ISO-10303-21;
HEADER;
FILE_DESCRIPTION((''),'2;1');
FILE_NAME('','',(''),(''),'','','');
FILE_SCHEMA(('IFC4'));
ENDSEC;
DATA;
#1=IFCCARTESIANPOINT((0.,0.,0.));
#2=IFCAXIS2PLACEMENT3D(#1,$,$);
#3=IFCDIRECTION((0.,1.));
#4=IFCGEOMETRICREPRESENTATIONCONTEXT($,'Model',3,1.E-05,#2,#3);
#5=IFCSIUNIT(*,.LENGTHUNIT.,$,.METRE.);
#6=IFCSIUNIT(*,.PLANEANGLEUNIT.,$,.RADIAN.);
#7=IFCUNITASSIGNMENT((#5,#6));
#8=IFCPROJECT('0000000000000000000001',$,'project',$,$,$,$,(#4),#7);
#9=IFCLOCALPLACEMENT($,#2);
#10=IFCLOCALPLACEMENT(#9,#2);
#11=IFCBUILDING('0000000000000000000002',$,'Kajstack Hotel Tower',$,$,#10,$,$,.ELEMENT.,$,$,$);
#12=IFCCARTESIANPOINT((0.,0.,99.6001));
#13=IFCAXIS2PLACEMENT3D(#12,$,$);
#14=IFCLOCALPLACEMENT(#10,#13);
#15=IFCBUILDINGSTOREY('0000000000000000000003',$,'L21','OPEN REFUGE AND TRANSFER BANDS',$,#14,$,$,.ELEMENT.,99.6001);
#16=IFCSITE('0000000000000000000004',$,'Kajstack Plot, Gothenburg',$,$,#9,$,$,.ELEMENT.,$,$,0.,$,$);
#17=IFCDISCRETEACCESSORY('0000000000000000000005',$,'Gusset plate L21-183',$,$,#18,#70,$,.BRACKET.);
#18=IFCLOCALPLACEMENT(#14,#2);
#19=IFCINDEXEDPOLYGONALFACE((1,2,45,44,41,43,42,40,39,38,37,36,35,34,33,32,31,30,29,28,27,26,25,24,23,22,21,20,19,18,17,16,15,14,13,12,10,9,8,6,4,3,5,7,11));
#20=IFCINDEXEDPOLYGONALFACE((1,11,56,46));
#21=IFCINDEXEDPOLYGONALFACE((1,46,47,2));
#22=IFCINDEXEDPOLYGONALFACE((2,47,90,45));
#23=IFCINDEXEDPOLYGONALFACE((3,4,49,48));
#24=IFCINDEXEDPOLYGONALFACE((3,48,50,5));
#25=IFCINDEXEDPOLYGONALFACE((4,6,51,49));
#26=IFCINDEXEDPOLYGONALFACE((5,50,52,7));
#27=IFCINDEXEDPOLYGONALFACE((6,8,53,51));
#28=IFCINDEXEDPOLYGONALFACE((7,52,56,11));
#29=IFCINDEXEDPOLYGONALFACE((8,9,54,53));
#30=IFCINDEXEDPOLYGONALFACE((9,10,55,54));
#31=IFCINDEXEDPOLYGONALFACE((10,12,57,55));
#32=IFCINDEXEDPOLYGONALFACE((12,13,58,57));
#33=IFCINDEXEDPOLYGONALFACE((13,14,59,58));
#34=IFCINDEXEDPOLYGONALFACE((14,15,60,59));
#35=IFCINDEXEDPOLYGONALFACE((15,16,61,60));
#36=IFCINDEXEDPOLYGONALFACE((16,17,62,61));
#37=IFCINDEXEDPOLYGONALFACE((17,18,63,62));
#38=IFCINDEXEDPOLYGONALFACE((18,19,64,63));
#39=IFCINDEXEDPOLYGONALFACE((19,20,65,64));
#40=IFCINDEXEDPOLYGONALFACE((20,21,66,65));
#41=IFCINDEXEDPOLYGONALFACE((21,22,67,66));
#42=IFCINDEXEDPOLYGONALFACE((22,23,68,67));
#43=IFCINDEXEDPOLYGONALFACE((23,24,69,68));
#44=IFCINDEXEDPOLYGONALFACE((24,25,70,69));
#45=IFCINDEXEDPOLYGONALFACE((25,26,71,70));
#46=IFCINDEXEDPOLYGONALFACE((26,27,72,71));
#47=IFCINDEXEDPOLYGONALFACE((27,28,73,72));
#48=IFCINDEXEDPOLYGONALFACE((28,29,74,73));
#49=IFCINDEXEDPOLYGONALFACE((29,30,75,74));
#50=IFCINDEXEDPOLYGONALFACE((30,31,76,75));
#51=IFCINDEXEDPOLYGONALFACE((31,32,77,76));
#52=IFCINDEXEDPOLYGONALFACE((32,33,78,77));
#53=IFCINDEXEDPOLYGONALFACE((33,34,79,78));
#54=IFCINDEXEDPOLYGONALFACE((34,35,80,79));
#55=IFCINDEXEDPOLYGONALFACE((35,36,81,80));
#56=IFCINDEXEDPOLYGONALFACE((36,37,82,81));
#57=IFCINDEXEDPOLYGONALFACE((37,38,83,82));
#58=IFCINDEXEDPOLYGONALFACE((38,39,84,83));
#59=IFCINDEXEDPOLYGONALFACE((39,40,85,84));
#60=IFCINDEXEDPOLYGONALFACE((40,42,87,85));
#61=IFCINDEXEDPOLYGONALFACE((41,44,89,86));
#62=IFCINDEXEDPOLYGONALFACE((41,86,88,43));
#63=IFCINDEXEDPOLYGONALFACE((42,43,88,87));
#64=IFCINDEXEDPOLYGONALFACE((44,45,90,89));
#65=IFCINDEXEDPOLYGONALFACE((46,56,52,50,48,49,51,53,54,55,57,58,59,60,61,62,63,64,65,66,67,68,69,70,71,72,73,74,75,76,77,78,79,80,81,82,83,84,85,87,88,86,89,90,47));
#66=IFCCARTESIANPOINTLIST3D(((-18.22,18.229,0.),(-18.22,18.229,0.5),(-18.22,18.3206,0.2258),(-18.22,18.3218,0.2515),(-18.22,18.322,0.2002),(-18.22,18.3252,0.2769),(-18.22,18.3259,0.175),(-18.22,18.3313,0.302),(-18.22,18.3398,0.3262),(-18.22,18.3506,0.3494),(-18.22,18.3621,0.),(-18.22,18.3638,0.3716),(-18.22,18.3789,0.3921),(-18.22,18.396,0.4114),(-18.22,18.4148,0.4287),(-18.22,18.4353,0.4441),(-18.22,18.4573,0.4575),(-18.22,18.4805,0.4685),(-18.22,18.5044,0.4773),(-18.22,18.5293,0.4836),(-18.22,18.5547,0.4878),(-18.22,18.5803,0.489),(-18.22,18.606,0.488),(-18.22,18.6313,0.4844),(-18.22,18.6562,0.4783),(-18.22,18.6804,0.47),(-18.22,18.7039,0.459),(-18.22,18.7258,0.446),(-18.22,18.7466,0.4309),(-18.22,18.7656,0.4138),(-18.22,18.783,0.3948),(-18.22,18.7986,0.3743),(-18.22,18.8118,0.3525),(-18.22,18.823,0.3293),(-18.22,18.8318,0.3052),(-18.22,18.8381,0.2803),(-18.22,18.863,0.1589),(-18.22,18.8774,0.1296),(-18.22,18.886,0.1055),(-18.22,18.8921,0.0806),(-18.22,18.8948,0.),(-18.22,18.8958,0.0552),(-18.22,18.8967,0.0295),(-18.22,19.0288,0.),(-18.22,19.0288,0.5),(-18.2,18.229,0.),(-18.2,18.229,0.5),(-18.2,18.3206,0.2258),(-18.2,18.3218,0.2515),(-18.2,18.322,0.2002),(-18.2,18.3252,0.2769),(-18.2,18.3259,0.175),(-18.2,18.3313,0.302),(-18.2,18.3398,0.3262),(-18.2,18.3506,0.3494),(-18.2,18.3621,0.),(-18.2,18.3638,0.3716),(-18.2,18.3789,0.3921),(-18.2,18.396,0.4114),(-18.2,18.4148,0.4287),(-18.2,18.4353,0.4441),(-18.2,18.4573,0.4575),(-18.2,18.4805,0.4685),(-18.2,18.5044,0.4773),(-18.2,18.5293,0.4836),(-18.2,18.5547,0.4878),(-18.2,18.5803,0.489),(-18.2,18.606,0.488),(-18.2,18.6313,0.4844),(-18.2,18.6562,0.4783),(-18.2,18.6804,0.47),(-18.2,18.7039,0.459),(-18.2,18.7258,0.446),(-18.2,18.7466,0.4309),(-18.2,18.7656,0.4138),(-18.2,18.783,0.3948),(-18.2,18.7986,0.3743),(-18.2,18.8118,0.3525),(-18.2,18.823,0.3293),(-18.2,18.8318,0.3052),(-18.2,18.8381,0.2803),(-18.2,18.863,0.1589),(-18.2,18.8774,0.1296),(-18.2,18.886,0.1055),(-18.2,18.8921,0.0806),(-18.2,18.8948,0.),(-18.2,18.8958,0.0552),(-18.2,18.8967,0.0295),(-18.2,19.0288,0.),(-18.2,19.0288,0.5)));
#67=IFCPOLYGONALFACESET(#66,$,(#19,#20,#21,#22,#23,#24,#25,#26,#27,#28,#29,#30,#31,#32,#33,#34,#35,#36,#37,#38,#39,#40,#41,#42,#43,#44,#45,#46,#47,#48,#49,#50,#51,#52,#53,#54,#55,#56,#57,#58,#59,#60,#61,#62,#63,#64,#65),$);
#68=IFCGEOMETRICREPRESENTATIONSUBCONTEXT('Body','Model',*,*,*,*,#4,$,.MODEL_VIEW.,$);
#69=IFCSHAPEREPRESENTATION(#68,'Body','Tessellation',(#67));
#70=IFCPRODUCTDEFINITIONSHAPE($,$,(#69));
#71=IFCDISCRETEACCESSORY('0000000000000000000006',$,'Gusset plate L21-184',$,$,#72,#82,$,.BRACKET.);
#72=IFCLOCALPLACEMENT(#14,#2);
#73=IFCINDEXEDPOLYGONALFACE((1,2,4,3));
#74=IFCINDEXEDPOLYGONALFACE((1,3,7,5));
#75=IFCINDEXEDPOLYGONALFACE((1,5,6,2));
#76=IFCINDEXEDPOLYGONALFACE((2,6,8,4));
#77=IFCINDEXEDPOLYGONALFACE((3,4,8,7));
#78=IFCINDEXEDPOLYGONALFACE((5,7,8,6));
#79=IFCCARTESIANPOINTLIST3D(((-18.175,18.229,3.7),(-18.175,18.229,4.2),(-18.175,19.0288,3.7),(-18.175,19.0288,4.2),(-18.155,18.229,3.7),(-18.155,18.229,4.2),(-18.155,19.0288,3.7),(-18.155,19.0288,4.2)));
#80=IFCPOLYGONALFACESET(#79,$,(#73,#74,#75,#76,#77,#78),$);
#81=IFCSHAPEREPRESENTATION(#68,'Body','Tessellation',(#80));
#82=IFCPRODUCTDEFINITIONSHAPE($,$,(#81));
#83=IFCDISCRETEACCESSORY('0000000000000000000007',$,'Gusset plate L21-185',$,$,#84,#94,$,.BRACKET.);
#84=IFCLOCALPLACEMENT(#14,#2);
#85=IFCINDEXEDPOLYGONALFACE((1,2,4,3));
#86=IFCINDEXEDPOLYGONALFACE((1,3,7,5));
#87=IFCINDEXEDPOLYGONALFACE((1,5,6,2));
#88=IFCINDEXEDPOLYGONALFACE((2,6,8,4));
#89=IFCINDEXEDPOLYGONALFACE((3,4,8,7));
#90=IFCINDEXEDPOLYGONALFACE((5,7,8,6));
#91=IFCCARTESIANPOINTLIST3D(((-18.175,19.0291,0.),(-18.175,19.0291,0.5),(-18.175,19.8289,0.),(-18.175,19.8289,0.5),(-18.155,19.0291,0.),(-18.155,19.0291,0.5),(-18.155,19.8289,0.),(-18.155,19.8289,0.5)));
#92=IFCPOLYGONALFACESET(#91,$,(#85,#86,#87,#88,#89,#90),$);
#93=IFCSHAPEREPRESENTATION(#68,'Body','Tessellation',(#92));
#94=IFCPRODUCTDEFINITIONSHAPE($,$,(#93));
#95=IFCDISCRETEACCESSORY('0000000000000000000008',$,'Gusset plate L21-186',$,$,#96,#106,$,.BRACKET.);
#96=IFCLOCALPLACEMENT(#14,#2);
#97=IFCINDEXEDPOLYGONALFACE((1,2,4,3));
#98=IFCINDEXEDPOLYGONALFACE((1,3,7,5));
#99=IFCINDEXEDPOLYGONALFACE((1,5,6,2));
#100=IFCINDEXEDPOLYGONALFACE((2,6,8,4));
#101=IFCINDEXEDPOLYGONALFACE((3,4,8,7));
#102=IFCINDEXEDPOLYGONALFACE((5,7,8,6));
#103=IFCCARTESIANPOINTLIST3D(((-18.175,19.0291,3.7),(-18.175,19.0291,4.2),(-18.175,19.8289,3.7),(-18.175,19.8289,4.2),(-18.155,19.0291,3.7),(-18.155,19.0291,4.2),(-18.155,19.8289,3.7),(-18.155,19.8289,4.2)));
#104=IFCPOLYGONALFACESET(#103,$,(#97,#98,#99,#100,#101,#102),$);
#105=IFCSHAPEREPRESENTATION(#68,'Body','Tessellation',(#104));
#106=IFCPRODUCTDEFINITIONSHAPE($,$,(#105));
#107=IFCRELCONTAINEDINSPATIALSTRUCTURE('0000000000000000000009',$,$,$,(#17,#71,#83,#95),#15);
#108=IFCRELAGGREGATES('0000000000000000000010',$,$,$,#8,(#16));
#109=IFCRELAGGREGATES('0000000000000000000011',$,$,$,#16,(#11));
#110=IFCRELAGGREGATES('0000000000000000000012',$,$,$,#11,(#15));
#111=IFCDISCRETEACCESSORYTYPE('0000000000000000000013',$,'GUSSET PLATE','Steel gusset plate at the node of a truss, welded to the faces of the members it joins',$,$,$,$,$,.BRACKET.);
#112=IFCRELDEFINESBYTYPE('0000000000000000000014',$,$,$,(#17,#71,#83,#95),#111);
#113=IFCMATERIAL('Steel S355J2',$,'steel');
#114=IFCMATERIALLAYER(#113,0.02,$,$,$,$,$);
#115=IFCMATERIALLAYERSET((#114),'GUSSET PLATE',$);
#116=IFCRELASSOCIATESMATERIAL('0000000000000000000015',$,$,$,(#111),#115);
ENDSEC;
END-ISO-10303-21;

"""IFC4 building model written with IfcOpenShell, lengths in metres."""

from ifc_helpers import new_model, si_unit, direction, frame, origin, place, context, subcontext, project, spatial, polyline, outline, extrude, material, layer, layer_set, type_object, element, save


model = new_model("IFC4")

# Units and contexts
model_context = context("Model", 3, precision=1e-05, world=origin(), true_north=direction((0.0, 1.0)))
body_context = subcontext(model_context, "Body", "Model", "MODEL_VIEW")
ifc_project = project(units=[si_unit("LENGTHUNIT", "METRE"), si_unit("PLANEANGLEUNIT", "RADIAN")], contexts=[model_context])

# Site, building, storey
site_placement = place(None, origin())
site = spatial("IfcSite", under=ifc_project, at=site_placement, Name="Kajstack Plot, Gothenburg", CompositionType="ELEMENT", RefElevation=0.0)
building_placement = place(site_placement, origin())
building = spatial("IfcBuilding", under=site, at=building_placement, Name="Kajstack Hotel Tower", CompositionType="ELEMENT")
storey_placement = place(building_placement, frame((0.0, 0.0, 99.6001)))
storey = spatial("IfcBuildingStorey", under=building, at=storey_placement, Name="L21", Description="OPEN REFUGE AND TRANSFER BANDS", CompositionType="ELEMENT", Elevation=99.6001)

# Shared definitions
ifc_material = material(Name="Steel S355J2", Category="steel")

# Discrete accessories
ifc_layer = layer(ifc_material, 0.02)
ifc_layer_set = layer_set([ifc_layer], Name="GUSSET PLATE")
discrete_accessory_type = type_object("IfcDiscreteAccessoryType", Name="GUSSET PLATE", Description="Steel gusset plate at the node of a truss, welded to the faces of the members it joins", PredefinedType="BRACKET", material=ifc_layer_set)
discrete_accessory_1_placement = place(storey_placement, frame((-18.22, 18.6289, 0.0), z_axis=(1.0, 0.0, 0.0), x_axis=(0.0, 1.0, 0.0)))
element("IfcDiscreteAccessory", 1, at=discrete_accessory_1_placement, inside=storey, type_object=discrete_accessory_type, Name="Gusset plate L21-183", PredefinedType="BRACKET", context=body_context, shape_type="SweptSolid", body=[
    extrude(outline(polyline([(-0.3999, 0.0), (-0.2668, 0.0), (-0.303, 0.175), (-0.3069, 0.2002), (-0.3083, 0.2258), (-0.3071, 0.2515), (-0.3037, 0.2769), (-0.2976, 0.302), (-0.2891, 0.3262), (-0.2783, 0.3494), (-0.2651, 0.3716), (-0.25, 0.3921), (-0.2329, 0.4114), (-0.2141, 0.4287), (-0.1936, 0.4441), (-0.1716, 0.4575), (-0.1484, 0.4685), (-0.1245, 0.4773), (-0.0996, 0.4836), (-0.0742, 0.4878), (-0.0486, 0.489), (-0.0229, 0.488), (0.0024, 0.4844), (0.0273, 0.4783), (0.0515, 0.47), (0.075, 0.459), (0.0969, 0.446), (0.1177, 0.4309), (0.1367, 0.4138), (0.1541, 0.3948), (0.1697, 0.3743), (0.1829, 0.3525), (0.1941, 0.3293), (0.2029, 0.3052), (0.2092, 0.2803), (0.2341, 0.1589), (0.2485, 0.1296), (0.2571, 0.1055), (0.2632, 0.0806), (0.2668, 0.0552), (0.2678, 0.0295), (0.2659, 0.0), (0.3999, 0.0), (0.3999, 0.5), (-0.3999, 0.5), (-0.3999, 0.0)])), origin(), (0.0, 0.0, 1.0), 0.02),
])
for number, where, z_axis, x_axis, name in (
    (2, (-18.175, 18.6289, 3.7), (1.0, 0.0, 0.0), (0.0, 1.0, 0.0), "Gusset plate L21-184"),
    (3, (-18.175, 19.429, 0.0), (1.0, 0.0, 0.0), (0.0, 1.0, 0.0), "Gusset plate L21-185"),
    (4, (-18.175, 19.429, 3.7), (1.0, 0.0, 0.0), (0.0, 1.0, 0.0), "Gusset plate L21-186"),
):
    element("IfcDiscreteAccessory", number, at=place(storey_placement, frame(where, z_axis=z_axis, x_axis=x_axis)), inside=storey, type_object=discrete_accessory_type, Name=name, PredefinedType="BRACKET", context=body_context, shape_type="SweptSolid", body=[
        extrude(outline(polyline([(-0.3999, 0.0), (0.3999, 0.0), (0.3999, 0.5), (-0.3999, 0.5), (-0.3999, 0.0)])), origin(), (0.0, 0.0, 1.0), 0.02),
    ])

save(model, "model.ifc")
